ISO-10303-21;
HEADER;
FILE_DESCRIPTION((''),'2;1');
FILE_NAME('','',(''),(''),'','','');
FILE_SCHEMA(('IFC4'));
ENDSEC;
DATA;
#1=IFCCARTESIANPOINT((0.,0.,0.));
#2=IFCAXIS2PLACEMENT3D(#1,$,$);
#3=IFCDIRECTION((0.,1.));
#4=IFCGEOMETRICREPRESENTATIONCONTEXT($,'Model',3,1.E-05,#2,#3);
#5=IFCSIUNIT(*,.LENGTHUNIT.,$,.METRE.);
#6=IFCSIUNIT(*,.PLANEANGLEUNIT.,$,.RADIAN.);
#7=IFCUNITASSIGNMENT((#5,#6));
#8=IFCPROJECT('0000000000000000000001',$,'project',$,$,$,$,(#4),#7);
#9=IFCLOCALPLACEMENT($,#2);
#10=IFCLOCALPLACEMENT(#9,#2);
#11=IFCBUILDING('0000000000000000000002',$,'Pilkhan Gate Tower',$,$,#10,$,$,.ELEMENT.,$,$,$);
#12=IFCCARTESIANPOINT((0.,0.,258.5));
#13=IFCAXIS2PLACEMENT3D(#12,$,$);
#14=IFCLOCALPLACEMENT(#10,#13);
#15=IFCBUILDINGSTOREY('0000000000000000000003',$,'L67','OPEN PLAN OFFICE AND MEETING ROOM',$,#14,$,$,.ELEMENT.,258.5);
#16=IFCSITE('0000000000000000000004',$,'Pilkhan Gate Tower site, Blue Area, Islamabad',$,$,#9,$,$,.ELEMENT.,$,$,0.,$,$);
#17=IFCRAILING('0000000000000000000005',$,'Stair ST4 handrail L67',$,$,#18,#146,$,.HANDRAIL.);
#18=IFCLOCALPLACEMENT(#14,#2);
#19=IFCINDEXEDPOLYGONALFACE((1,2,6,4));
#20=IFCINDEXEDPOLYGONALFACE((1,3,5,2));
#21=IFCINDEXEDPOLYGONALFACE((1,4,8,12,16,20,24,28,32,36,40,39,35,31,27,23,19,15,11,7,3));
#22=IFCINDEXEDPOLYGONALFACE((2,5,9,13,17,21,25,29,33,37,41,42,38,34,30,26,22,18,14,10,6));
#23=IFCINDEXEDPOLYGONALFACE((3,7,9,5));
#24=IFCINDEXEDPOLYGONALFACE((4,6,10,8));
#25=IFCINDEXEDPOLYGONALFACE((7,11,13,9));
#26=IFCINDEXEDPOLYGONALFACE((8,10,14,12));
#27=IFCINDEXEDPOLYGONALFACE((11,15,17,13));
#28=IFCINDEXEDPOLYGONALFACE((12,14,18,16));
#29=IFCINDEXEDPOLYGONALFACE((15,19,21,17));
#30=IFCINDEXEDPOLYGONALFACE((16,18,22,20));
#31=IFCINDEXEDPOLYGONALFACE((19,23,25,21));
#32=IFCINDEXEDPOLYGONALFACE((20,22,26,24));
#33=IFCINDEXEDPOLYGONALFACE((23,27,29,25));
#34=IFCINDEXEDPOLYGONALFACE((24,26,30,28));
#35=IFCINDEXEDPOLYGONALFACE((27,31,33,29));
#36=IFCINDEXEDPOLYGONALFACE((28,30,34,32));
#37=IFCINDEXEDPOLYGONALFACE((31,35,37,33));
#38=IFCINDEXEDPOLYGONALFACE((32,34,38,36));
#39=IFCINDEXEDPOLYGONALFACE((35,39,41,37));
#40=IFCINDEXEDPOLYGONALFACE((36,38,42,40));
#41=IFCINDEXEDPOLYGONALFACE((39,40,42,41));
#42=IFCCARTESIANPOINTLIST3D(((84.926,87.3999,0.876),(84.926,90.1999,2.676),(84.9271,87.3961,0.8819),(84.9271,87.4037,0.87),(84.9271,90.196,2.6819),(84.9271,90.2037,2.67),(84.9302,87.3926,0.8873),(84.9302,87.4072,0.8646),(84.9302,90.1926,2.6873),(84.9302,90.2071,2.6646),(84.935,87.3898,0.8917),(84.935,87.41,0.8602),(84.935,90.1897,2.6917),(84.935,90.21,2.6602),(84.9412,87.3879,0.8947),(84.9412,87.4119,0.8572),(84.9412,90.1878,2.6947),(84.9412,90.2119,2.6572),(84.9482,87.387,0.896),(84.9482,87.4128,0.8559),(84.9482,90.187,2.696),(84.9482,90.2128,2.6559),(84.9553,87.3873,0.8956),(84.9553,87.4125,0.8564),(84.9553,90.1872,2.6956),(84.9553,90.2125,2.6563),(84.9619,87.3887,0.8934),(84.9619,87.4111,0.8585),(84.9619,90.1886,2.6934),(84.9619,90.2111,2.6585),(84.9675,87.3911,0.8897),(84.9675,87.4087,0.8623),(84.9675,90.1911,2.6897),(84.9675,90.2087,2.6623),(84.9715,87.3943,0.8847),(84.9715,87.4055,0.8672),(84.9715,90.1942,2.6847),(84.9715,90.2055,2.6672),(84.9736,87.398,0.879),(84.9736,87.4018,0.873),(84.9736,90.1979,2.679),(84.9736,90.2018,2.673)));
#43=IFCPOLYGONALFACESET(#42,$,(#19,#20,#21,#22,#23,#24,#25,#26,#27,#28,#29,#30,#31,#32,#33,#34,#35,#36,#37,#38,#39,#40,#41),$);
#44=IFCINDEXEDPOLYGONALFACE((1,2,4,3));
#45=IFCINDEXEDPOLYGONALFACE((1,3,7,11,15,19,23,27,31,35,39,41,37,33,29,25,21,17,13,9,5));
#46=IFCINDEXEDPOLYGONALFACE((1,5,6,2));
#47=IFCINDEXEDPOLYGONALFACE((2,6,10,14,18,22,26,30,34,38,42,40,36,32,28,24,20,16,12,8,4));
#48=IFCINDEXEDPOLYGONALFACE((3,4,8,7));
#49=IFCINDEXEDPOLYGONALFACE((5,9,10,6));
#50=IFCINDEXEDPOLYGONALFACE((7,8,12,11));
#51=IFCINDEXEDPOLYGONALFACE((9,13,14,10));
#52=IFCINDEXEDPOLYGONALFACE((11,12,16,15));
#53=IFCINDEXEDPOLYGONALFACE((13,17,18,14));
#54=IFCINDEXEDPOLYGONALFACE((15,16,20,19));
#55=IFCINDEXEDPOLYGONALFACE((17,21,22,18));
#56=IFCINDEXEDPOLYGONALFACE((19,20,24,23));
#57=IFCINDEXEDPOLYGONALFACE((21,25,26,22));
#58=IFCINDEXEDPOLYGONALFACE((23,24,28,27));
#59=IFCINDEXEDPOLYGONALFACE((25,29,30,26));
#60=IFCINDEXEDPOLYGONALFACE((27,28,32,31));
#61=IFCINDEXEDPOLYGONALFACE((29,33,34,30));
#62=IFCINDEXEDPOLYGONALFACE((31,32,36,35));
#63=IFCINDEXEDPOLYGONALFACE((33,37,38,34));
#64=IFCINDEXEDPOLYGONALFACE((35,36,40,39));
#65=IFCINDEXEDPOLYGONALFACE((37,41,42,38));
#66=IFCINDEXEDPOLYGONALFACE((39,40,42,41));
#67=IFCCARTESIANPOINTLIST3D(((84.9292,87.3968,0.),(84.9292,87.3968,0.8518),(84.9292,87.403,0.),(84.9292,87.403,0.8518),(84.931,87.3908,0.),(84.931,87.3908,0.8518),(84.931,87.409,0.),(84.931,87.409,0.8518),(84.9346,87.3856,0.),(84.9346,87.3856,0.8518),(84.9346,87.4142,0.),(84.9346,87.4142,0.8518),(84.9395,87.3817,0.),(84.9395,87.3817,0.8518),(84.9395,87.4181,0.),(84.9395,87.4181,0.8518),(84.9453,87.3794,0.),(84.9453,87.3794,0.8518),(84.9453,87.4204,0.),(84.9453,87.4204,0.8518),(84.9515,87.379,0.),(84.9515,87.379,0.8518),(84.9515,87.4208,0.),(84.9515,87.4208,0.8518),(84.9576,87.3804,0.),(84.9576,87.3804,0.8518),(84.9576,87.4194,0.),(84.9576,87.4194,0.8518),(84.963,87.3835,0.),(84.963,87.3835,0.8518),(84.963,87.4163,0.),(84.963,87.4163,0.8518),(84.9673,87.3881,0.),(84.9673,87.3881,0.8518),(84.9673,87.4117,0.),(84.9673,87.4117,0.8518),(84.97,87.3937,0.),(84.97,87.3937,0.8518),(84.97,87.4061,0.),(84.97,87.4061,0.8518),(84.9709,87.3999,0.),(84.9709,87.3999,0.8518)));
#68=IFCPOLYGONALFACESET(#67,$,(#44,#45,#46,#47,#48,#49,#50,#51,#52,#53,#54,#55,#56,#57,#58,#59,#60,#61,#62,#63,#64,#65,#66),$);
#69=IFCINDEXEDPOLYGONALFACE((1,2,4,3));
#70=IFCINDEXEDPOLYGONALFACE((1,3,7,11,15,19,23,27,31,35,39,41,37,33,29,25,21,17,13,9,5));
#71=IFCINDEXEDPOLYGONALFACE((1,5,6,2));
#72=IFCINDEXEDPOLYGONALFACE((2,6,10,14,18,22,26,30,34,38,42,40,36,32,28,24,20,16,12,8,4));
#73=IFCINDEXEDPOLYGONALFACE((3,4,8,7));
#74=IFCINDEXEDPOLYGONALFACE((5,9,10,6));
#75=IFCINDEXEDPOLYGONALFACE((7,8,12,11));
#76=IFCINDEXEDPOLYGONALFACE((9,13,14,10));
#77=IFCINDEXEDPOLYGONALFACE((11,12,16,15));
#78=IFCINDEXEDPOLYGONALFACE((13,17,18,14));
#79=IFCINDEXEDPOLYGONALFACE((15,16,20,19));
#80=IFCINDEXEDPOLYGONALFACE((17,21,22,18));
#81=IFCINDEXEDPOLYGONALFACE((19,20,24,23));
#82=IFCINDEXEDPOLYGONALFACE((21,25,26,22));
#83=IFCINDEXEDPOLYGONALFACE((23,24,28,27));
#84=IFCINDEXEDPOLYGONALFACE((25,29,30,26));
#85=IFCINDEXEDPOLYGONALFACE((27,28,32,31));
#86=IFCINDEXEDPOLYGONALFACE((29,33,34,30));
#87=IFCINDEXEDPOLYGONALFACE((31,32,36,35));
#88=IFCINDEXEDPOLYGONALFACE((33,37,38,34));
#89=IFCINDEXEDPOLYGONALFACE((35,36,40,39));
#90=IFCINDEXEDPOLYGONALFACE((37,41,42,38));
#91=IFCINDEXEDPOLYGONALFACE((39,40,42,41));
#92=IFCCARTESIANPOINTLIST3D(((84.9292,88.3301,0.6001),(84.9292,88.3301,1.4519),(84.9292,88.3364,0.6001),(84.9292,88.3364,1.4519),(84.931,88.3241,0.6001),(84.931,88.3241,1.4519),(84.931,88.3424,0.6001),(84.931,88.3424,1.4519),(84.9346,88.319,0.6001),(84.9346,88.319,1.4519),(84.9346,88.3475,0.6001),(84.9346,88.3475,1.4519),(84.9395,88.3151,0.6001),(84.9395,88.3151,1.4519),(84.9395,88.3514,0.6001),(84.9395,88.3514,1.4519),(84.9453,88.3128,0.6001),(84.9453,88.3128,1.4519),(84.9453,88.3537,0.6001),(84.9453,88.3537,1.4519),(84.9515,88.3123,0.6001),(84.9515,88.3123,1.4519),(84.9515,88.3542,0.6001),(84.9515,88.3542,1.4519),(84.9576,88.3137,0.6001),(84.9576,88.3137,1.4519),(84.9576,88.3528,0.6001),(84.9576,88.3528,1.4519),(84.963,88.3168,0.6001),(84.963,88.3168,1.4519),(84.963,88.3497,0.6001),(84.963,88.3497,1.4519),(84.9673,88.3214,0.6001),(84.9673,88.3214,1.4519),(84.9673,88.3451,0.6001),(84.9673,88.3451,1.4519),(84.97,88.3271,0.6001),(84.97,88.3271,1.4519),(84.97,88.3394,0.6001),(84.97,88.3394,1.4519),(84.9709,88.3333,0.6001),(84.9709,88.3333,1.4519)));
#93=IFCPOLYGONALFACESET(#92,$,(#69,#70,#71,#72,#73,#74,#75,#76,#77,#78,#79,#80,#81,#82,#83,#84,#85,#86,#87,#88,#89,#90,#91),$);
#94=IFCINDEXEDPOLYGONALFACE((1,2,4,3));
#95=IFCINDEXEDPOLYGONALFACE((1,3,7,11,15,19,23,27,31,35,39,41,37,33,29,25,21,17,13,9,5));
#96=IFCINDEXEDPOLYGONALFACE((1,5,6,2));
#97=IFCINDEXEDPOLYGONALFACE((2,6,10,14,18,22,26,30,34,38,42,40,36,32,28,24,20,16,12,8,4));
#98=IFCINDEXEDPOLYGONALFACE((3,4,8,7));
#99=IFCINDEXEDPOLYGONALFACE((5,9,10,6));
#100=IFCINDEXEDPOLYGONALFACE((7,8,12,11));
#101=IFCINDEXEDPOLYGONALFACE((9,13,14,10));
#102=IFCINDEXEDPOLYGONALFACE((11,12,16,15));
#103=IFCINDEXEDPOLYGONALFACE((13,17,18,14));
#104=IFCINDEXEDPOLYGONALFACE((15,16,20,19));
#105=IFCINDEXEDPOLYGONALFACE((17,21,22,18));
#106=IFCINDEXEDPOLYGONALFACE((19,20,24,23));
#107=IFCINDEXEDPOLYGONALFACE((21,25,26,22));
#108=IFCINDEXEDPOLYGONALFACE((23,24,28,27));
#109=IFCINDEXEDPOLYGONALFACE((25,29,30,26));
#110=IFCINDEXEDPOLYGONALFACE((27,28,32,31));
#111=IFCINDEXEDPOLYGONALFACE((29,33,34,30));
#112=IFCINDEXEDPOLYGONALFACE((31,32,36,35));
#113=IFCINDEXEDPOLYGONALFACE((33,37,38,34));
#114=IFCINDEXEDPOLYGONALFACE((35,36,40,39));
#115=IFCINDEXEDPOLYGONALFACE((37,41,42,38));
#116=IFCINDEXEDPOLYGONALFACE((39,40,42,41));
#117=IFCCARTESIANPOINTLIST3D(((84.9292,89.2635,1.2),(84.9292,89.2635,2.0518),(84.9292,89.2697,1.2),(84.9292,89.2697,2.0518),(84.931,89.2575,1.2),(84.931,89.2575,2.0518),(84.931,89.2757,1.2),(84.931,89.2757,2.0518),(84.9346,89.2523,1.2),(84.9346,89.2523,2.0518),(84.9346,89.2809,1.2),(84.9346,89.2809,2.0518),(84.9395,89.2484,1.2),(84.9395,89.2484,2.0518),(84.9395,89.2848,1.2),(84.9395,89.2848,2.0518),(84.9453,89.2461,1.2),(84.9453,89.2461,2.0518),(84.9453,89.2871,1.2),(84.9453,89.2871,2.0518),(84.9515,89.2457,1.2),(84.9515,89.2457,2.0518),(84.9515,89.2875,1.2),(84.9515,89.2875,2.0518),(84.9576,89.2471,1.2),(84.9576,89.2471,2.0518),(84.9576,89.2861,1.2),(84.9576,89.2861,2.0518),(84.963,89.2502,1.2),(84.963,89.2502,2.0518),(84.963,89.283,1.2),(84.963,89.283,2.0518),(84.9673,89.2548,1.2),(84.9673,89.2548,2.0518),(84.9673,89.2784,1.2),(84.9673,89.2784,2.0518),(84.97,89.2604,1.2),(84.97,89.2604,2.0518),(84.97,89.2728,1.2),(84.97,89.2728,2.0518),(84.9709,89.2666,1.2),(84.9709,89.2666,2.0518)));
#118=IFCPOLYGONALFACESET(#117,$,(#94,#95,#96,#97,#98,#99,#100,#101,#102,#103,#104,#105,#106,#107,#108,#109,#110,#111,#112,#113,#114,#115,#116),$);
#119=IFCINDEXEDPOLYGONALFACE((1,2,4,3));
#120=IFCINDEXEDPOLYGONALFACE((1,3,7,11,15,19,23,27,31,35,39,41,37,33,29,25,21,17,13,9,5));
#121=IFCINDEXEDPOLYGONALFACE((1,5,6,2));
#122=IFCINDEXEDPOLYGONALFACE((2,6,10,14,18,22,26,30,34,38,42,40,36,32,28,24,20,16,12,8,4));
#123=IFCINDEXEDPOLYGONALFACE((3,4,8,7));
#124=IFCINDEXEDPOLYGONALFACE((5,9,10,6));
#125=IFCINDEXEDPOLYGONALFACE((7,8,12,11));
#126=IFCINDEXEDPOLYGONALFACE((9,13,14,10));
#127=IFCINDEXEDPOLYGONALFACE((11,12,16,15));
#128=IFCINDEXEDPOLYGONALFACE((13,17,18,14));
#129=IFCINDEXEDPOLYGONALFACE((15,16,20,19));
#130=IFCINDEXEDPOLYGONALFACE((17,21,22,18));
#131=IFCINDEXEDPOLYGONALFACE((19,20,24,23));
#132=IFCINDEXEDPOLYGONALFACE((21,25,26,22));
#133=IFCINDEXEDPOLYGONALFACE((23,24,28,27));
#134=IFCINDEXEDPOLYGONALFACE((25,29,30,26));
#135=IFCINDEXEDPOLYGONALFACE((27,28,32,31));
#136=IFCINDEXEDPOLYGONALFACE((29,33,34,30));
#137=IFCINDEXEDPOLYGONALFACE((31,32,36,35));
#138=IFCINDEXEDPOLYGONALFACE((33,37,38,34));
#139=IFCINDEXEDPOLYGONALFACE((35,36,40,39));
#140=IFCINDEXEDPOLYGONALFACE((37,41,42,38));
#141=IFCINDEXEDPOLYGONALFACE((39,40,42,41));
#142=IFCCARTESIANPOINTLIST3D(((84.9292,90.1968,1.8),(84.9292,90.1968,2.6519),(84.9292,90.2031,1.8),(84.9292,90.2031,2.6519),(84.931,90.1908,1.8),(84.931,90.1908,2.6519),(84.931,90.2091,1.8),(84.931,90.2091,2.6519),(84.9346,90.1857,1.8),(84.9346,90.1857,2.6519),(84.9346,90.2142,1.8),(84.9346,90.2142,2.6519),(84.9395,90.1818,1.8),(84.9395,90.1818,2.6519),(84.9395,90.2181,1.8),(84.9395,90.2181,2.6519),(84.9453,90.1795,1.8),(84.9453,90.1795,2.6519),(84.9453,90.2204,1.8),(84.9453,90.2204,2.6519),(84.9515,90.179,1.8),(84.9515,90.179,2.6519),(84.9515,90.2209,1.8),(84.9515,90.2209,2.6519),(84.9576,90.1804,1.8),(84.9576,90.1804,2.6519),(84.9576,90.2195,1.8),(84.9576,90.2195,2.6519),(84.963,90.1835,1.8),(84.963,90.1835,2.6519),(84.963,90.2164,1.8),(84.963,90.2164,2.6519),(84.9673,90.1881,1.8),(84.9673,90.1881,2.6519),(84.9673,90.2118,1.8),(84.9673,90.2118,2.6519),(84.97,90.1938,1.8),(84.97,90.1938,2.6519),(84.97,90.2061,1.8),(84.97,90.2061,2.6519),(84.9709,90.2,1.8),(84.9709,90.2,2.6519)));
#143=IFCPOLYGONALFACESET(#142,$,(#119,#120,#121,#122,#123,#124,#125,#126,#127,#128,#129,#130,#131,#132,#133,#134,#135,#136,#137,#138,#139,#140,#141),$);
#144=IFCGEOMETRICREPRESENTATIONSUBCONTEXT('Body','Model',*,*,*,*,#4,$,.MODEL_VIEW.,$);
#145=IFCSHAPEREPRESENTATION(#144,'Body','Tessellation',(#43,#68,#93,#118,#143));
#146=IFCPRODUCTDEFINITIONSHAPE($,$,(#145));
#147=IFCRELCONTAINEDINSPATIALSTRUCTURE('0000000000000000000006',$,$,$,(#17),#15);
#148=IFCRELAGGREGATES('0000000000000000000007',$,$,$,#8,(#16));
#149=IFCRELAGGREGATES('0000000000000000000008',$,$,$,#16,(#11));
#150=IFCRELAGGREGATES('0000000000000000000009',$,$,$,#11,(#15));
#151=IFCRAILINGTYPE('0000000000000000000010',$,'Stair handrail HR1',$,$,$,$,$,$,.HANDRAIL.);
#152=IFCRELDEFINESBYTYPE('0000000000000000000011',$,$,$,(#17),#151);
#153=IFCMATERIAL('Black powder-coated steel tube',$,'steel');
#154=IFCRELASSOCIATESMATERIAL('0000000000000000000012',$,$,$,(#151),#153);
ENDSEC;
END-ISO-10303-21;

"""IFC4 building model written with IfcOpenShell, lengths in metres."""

from ifc_helpers import new_model, si_unit, direction, frame, origin, origin_2d, place, context, subcontext, project, spatial, circle, extrude, material, type_object, element, save


model = new_model("IFC4")

# Units and contexts
model_context = context("Model", 3, precision=1e-05, world=origin(), true_north=direction((0.0, 1.0)))
body_context = subcontext(model_context, "Body", "Model", "MODEL_VIEW")
ifc_project = project(units=[si_unit("LENGTHUNIT", "METRE"), si_unit("PLANEANGLEUNIT", "RADIAN")], contexts=[model_context])

# Site, building, storey
site_placement = place(None, origin())
site = spatial("IfcSite", under=ifc_project, at=site_placement, Name="Pilkhan Gate Tower site, Blue Area, Islamabad", CompositionType="ELEMENT", RefElevation=0.0)
building_placement = place(site_placement, origin())
building = spatial("IfcBuilding", under=site, at=building_placement, Name="Pilkhan Gate Tower", CompositionType="ELEMENT")
storey_placement = place(building_placement, frame((0.0, 0.0, 258.5)))
storey = spatial("IfcBuildingStorey", under=building, at=storey_placement, Name="L67", Description="OPEN PLAN OFFICE AND MEETING ROOM", CompositionType="ELEMENT", Elevation=258.5)

# Railing
ifc_material_1 = material(Name="Black powder-coated steel tube", Category="steel")
railing_type_1 = type_object("IfcRailingType", Name="Stair handrail HR1", PredefinedType="HANDRAIL", material=ifc_material_1)
railing_1_placement = place(storey_placement, frame((84.95, 87.3999, 0.0)))
element("IfcRailing", 1, at=railing_1_placement, inside=storey, type_object=railing_type_1, Name="Stair ST4 handrail L67", PredefinedType="HANDRAIL", context=body_context, shape_type="SweptSolid", body=[
    extrude(circle(Radius=0.0239, at=origin_2d()), frame((0.0, 0.0, 0.876), z_axis=(0.0, 0.841176, 0.540761), x_axis=(-1.0, 0.0, 0.0)), (0.0, 0.0, 1.0), 3.3286),
    extrude(circle(Radius=0.021, at=origin_2d()), origin(), (0.0, 0.0, 1.0), 0.8518),
    extrude(circle(Radius=0.021, at=origin_2d()), frame((0.0, 0.9333, 0.6001)), (0.0, 0.0, 1.0), 0.8518),
    extrude(circle(Radius=0.021, at=origin_2d()), frame((0.0, 1.8667, 1.2)), (0.0, 0.0, 1.0), 0.8518),
    extrude(circle(Radius=0.021, at=origin_2d()), frame((0.0, 2.8, 1.8)), (0.0, 0.0, 1.0), 0.8518),
])

save(model, "model.ifc")
